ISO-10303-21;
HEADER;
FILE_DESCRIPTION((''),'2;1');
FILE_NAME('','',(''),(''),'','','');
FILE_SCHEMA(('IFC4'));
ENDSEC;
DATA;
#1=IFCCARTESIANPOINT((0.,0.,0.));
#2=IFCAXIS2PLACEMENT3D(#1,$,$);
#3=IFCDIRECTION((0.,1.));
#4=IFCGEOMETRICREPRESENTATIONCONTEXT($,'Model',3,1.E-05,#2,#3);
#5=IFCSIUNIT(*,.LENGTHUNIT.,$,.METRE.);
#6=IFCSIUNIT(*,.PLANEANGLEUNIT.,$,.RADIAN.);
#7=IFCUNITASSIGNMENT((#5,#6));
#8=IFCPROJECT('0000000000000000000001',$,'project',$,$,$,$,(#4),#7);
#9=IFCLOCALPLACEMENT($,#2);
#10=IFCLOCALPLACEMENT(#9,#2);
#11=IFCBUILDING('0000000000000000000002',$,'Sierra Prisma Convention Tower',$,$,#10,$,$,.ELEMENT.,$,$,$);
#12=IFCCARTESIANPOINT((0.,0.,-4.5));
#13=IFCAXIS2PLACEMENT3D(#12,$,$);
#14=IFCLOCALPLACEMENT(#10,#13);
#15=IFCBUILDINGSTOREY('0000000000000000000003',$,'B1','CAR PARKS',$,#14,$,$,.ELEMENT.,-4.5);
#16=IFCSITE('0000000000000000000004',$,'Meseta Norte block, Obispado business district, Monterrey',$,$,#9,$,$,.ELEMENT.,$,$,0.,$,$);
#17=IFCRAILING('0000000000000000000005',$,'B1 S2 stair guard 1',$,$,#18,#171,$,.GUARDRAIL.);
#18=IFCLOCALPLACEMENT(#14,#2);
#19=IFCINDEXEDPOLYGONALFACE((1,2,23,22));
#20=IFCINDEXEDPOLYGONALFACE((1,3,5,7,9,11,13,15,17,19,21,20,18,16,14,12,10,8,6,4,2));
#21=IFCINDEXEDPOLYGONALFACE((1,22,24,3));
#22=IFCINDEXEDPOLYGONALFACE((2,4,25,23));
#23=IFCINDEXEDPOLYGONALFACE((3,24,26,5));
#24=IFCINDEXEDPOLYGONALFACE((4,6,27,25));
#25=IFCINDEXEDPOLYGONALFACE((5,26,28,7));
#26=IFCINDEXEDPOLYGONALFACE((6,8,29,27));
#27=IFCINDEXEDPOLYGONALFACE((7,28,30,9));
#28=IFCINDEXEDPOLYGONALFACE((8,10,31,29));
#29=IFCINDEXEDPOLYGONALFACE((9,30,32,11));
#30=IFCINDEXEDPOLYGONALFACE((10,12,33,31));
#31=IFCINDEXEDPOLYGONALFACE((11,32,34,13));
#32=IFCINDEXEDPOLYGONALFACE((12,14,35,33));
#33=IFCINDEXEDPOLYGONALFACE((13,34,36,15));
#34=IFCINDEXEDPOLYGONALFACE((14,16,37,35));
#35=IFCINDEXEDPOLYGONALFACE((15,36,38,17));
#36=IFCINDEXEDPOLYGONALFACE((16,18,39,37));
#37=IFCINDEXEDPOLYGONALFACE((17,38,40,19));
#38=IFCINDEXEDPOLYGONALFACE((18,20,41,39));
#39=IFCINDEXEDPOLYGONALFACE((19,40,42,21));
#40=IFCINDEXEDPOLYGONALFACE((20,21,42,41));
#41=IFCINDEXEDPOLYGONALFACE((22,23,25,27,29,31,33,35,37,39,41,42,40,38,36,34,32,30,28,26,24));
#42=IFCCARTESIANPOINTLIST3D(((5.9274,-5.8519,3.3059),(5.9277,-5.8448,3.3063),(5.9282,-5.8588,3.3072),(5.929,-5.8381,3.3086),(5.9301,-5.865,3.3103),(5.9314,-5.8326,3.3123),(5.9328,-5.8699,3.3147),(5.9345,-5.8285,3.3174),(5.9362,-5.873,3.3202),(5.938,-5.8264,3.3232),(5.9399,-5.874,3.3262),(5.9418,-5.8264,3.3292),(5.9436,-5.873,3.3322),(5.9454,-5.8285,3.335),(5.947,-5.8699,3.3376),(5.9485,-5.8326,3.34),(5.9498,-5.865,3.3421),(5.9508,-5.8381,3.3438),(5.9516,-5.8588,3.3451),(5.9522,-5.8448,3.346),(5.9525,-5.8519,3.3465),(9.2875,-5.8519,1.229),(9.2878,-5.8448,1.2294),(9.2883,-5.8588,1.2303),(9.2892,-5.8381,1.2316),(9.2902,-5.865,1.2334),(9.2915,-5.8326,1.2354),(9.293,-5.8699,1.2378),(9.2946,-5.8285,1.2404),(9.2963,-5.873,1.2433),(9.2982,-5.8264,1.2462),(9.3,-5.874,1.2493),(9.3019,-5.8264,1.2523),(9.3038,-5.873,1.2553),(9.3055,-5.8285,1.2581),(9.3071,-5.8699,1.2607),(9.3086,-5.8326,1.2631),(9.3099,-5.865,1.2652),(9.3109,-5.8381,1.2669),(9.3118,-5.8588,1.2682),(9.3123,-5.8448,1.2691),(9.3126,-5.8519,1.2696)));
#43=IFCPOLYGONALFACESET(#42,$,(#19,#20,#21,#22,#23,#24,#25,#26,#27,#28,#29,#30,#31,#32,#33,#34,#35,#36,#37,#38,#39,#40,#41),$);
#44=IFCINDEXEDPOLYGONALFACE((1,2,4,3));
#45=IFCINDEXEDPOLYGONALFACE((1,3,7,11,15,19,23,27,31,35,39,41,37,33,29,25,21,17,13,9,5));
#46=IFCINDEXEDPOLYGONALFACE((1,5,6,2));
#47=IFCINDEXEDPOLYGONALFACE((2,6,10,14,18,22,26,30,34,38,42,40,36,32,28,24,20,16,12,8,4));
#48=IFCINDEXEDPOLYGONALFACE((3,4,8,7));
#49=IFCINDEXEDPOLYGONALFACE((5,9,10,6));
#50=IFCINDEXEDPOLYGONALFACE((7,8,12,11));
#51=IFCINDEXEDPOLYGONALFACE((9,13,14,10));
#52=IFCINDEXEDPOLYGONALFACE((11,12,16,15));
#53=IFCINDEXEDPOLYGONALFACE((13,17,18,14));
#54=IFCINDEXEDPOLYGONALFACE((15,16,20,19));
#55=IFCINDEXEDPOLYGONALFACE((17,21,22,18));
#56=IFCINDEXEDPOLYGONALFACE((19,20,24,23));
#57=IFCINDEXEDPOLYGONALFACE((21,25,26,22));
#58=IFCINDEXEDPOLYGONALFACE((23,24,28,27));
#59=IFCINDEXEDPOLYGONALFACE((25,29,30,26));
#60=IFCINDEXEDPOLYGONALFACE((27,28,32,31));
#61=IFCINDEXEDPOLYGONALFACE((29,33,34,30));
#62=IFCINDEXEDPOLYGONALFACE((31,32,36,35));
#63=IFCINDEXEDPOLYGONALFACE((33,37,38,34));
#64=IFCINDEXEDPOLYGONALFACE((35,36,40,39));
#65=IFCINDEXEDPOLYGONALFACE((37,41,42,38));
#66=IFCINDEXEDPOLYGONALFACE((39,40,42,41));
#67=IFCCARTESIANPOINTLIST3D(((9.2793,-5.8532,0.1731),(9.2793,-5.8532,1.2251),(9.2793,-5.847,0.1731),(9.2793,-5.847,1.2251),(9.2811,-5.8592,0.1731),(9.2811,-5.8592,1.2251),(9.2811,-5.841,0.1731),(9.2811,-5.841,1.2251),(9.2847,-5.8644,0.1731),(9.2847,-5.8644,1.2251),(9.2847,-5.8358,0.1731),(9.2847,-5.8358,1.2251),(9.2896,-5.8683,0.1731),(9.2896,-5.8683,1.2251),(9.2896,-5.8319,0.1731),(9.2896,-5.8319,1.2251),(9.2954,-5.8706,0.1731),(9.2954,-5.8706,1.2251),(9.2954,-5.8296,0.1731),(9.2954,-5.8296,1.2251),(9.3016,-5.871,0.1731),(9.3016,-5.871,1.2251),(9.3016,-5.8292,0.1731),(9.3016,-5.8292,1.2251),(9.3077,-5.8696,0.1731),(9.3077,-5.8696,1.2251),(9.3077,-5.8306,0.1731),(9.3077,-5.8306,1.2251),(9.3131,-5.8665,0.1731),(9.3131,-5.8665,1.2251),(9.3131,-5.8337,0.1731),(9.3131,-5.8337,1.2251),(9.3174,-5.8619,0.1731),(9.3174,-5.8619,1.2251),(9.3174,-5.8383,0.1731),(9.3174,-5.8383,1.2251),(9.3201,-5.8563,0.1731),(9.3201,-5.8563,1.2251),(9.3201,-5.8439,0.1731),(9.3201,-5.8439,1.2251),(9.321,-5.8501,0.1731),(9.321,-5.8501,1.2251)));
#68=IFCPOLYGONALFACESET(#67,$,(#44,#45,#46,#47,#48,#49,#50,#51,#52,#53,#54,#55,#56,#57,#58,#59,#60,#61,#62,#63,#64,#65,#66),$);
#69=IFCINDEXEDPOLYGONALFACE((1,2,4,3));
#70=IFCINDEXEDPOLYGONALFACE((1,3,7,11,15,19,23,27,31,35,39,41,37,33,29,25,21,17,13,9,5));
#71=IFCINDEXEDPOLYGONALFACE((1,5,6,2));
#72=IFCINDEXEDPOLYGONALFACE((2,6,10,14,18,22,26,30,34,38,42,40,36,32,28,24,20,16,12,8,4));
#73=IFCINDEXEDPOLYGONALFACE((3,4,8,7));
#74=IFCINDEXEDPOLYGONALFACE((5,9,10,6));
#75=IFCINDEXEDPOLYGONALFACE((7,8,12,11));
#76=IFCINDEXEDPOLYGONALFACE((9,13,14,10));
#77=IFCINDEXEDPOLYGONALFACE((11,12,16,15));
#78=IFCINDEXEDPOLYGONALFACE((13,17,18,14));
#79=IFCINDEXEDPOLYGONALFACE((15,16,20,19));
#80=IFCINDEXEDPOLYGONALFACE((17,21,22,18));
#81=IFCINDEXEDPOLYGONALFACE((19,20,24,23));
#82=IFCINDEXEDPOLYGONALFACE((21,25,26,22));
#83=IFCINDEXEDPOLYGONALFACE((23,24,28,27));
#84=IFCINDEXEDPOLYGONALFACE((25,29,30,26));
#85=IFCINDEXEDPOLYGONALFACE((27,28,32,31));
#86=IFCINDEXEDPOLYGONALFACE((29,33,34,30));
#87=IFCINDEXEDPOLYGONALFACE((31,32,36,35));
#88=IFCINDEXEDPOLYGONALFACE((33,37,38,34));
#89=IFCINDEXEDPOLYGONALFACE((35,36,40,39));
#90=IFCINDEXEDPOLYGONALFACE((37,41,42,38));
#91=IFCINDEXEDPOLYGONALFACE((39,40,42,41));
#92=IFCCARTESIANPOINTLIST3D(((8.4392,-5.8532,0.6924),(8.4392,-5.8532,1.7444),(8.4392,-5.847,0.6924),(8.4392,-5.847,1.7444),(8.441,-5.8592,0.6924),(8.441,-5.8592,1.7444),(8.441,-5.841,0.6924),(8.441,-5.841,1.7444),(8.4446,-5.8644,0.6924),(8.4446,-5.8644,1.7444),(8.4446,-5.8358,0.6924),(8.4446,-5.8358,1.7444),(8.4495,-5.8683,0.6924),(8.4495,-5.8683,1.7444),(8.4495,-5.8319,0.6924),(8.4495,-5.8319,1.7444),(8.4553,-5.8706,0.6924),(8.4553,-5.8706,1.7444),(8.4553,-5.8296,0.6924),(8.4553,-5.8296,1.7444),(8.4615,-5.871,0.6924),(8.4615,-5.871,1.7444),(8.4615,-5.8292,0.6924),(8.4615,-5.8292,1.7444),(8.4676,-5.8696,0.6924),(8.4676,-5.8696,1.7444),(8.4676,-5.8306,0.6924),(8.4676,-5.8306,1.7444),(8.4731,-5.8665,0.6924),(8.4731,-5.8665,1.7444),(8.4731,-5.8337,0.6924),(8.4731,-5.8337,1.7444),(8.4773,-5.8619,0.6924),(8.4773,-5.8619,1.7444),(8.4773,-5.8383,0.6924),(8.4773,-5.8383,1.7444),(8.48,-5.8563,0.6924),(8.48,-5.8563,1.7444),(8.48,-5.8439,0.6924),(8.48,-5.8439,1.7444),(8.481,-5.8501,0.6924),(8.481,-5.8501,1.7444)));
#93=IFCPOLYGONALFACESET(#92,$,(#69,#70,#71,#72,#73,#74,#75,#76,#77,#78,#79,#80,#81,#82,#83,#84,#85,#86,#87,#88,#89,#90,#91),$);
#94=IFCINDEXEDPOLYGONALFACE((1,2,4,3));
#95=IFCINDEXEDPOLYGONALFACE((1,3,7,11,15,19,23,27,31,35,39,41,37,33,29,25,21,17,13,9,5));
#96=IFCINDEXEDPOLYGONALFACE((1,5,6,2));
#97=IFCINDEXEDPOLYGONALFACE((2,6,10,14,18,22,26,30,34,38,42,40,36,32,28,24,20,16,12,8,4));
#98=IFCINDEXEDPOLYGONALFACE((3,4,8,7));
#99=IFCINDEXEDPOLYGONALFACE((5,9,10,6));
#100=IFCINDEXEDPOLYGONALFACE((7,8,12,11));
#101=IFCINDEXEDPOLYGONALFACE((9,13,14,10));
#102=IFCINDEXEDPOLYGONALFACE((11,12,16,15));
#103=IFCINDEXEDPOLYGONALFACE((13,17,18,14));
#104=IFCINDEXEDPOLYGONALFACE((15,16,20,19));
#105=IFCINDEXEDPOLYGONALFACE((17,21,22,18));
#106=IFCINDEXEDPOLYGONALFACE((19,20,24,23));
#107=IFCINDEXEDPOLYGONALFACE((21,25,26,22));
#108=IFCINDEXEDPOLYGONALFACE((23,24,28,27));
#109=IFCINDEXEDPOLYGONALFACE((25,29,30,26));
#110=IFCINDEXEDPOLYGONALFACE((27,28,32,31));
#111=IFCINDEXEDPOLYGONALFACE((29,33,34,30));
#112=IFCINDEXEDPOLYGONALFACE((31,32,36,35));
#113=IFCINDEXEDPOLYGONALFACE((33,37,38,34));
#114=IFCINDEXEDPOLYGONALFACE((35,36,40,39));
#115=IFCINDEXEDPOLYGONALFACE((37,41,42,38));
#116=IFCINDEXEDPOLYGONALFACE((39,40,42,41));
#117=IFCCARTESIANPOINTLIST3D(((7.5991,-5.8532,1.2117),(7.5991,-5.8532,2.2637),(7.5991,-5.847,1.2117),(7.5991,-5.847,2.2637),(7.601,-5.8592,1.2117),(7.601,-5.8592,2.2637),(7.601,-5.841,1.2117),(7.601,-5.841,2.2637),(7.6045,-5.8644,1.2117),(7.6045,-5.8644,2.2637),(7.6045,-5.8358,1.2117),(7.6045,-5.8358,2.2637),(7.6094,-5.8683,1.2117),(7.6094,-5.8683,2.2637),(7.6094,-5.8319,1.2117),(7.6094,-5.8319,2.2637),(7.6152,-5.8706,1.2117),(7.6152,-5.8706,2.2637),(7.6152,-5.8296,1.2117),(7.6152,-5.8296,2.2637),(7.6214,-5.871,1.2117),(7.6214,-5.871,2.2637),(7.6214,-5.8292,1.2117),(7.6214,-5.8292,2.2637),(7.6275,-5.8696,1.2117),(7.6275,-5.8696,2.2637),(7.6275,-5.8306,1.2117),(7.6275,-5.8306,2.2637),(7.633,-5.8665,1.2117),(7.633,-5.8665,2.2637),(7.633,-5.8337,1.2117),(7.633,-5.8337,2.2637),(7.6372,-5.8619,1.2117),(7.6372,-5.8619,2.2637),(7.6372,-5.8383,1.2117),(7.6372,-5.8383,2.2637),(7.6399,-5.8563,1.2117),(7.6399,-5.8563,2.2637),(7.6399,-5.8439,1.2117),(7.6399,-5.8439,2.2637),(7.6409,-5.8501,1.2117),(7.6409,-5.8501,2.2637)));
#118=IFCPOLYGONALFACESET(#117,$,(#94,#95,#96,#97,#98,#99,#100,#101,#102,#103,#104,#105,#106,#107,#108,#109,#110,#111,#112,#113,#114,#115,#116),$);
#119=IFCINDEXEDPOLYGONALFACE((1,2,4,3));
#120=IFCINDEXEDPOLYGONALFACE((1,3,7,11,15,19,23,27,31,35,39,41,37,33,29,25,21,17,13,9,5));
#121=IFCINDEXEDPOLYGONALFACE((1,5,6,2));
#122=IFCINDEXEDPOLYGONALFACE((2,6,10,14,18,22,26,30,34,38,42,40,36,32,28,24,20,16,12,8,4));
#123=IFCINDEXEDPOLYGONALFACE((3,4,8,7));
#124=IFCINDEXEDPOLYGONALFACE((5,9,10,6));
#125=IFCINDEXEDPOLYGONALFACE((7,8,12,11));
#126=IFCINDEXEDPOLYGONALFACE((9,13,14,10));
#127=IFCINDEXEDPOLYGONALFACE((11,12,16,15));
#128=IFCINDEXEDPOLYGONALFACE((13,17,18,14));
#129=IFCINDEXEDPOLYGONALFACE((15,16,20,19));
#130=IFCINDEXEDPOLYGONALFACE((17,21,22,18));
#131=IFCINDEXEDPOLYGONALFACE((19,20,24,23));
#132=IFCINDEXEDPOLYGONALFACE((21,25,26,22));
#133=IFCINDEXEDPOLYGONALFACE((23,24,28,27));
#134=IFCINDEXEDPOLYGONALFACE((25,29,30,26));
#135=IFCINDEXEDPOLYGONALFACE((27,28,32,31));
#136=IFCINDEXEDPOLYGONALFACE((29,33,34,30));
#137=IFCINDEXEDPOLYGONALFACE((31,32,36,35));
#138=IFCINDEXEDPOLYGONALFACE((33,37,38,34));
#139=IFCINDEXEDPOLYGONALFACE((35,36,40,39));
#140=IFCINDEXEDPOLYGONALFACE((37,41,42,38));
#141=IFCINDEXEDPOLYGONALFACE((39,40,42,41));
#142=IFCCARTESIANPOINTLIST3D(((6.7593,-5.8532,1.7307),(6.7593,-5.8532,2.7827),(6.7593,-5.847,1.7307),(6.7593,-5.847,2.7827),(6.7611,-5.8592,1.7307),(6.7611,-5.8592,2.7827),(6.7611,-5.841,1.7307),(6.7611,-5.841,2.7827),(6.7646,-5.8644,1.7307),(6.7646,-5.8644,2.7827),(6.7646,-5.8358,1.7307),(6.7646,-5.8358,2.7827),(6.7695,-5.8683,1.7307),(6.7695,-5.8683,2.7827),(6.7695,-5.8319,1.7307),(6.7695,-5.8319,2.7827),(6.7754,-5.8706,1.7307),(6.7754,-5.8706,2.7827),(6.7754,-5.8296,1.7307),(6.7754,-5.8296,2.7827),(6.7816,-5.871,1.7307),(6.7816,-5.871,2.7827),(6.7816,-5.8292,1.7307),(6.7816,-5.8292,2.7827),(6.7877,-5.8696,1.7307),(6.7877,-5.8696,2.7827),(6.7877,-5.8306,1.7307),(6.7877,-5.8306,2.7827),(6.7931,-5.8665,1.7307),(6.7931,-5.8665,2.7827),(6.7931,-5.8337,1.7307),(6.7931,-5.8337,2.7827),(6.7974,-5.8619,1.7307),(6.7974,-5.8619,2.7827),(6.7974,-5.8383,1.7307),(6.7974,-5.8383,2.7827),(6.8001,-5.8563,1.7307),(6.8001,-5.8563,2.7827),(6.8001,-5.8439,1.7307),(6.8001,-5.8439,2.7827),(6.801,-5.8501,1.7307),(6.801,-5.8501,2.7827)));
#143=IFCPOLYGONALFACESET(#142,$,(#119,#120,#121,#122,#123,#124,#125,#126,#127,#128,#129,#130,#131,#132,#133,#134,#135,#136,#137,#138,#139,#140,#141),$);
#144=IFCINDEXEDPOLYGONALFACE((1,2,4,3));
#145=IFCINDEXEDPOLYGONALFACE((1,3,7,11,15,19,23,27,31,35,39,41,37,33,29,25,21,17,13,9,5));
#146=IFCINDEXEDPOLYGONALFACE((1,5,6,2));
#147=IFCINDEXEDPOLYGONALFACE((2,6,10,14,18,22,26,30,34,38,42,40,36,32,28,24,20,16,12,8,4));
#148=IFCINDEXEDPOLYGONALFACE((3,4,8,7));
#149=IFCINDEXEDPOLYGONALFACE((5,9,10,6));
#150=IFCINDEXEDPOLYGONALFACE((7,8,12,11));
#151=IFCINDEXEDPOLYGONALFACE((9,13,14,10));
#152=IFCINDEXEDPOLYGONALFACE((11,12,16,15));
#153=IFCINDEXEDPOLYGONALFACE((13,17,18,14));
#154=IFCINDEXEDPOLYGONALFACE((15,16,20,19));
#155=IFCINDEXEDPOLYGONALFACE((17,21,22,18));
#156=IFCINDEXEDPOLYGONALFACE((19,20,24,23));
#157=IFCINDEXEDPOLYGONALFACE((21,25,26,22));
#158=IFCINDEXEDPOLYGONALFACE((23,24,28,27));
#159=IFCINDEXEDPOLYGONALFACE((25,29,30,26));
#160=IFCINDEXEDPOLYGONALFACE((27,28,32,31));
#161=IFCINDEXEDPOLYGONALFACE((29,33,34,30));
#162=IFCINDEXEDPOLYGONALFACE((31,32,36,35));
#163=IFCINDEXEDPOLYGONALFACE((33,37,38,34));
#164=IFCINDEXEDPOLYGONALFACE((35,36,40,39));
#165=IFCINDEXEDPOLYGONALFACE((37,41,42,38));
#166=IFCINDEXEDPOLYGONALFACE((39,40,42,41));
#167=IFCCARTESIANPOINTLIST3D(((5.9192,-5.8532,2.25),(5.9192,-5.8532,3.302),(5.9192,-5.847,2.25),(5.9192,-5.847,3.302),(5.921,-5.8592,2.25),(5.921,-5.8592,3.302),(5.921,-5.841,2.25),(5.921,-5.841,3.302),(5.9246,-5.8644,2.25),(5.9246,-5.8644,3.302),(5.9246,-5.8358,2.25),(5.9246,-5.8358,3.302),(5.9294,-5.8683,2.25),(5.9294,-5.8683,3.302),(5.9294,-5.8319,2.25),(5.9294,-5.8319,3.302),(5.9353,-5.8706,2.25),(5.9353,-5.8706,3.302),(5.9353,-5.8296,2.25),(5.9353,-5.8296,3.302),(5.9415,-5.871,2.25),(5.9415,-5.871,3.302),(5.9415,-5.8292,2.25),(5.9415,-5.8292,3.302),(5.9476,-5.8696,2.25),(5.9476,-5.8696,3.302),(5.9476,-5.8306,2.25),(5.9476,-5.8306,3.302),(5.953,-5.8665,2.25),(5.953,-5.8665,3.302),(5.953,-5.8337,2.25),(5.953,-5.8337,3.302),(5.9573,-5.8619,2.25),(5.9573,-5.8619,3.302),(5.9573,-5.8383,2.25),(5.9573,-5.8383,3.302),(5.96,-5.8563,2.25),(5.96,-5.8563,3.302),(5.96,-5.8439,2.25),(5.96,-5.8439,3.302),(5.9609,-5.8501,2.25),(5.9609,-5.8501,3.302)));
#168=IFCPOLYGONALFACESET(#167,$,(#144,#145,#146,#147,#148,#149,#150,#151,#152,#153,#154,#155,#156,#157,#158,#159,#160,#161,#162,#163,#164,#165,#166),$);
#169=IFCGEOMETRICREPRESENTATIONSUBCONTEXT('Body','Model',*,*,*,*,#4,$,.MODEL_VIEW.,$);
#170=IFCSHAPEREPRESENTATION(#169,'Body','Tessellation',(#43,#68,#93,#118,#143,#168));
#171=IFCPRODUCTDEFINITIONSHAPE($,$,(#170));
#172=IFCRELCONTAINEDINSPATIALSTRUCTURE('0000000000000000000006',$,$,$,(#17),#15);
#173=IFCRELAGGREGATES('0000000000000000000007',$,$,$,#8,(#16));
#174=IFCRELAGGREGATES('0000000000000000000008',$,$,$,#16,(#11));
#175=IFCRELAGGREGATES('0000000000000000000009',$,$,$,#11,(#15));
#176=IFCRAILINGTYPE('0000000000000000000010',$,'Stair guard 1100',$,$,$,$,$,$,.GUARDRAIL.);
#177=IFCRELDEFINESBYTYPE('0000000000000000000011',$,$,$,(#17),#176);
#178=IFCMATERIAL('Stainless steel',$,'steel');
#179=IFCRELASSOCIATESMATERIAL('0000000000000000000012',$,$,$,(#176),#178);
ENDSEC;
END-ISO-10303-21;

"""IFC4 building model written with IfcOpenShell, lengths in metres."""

from ifc_helpers import new_model, si_unit, direction, frame, origin, origin_2d, place, context, subcontext, project, spatial, circle, extrude, material, type_object, element, save


model = new_model("IFC4")

# Units and contexts
model_context = context("Model", 3, precision=1e-05, world=origin(), true_north=direction((0.0, 1.0)))
body_context = subcontext(model_context, "Body", "Model", "MODEL_VIEW")
ifc_project = project(units=[si_unit("LENGTHUNIT", "METRE"), si_unit("PLANEANGLEUNIT", "RADIAN")], contexts=[model_context])

# Site, building, storey
site_placement = place(None, origin())
site = spatial("IfcSite", under=ifc_project, at=site_placement, Name="Meseta Norte block, Obispado business district, Monterrey", CompositionType="ELEMENT", RefElevation=0.0)
building_placement = place(site_placement, origin())
building = spatial("IfcBuilding", under=site, at=building_placement, Name="Sierra Prisma Convention Tower", CompositionType="ELEMENT")
storey_placement = place(building_placement, frame((0.0, 0.0, -4.5)))
storey = spatial("IfcBuildingStorey", under=building, at=storey_placement, Name="B1", Description="CAR PARKS", CompositionType="ELEMENT", Elevation=-4.5)

# Railing
ifc_material_1 = material(Name="Stainless steel", Category="steel")
railing_type_1 = type_object("IfcRailingType", Name="Stair guard 1100", PredefinedType="GUARDRAIL", material=ifc_material_1)
railing_1_placement = place(storey_placement, frame((9.3, -5.8501, 0.1731)))
element("IfcRailing", 1, at=railing_1_placement, inside=storey, type_object=railing_type_1, Name="B1 S2 stair guard 1", PredefinedType="GUARDRAIL", context=body_context, shape_type="SweptSolid", body=[
    extrude(circle(Radius=0.0239, at=origin_2d()), frame((0.0, 0.0, 1.0762), z_axis=(-0.850623, 0.0, 0.525776), x_axis=(0.0, -1.0, 0.0)), (0.0, 0.0, 1.0), 3.9502),
    extrude(circle(Radius=0.021, at=origin_2d()), origin(), (0.0, 0.0, 1.0), 1.052),
    extrude(circle(Radius=0.021, at=origin_2d()), frame((-0.8401, 0.0, 0.5193)), (0.0, 0.0, 1.0), 1.052),
    extrude(circle(Radius=0.021, at=origin_2d()), frame((-1.6802, 0.0, 1.0386)), (0.0, 0.0, 1.0), 1.052),
    extrude(circle(Radius=0.021, at=origin_2d()), frame((-2.52, 0.0, 1.5576)), (0.0, 0.0, 1.0), 1.052),
    extrude(circle(Radius=0.021, at=origin_2d()), frame((-3.3601, 0.0, 2.0769)), (0.0, 0.0, 1.0), 1.052),
])

save(model, "model.ifc")
